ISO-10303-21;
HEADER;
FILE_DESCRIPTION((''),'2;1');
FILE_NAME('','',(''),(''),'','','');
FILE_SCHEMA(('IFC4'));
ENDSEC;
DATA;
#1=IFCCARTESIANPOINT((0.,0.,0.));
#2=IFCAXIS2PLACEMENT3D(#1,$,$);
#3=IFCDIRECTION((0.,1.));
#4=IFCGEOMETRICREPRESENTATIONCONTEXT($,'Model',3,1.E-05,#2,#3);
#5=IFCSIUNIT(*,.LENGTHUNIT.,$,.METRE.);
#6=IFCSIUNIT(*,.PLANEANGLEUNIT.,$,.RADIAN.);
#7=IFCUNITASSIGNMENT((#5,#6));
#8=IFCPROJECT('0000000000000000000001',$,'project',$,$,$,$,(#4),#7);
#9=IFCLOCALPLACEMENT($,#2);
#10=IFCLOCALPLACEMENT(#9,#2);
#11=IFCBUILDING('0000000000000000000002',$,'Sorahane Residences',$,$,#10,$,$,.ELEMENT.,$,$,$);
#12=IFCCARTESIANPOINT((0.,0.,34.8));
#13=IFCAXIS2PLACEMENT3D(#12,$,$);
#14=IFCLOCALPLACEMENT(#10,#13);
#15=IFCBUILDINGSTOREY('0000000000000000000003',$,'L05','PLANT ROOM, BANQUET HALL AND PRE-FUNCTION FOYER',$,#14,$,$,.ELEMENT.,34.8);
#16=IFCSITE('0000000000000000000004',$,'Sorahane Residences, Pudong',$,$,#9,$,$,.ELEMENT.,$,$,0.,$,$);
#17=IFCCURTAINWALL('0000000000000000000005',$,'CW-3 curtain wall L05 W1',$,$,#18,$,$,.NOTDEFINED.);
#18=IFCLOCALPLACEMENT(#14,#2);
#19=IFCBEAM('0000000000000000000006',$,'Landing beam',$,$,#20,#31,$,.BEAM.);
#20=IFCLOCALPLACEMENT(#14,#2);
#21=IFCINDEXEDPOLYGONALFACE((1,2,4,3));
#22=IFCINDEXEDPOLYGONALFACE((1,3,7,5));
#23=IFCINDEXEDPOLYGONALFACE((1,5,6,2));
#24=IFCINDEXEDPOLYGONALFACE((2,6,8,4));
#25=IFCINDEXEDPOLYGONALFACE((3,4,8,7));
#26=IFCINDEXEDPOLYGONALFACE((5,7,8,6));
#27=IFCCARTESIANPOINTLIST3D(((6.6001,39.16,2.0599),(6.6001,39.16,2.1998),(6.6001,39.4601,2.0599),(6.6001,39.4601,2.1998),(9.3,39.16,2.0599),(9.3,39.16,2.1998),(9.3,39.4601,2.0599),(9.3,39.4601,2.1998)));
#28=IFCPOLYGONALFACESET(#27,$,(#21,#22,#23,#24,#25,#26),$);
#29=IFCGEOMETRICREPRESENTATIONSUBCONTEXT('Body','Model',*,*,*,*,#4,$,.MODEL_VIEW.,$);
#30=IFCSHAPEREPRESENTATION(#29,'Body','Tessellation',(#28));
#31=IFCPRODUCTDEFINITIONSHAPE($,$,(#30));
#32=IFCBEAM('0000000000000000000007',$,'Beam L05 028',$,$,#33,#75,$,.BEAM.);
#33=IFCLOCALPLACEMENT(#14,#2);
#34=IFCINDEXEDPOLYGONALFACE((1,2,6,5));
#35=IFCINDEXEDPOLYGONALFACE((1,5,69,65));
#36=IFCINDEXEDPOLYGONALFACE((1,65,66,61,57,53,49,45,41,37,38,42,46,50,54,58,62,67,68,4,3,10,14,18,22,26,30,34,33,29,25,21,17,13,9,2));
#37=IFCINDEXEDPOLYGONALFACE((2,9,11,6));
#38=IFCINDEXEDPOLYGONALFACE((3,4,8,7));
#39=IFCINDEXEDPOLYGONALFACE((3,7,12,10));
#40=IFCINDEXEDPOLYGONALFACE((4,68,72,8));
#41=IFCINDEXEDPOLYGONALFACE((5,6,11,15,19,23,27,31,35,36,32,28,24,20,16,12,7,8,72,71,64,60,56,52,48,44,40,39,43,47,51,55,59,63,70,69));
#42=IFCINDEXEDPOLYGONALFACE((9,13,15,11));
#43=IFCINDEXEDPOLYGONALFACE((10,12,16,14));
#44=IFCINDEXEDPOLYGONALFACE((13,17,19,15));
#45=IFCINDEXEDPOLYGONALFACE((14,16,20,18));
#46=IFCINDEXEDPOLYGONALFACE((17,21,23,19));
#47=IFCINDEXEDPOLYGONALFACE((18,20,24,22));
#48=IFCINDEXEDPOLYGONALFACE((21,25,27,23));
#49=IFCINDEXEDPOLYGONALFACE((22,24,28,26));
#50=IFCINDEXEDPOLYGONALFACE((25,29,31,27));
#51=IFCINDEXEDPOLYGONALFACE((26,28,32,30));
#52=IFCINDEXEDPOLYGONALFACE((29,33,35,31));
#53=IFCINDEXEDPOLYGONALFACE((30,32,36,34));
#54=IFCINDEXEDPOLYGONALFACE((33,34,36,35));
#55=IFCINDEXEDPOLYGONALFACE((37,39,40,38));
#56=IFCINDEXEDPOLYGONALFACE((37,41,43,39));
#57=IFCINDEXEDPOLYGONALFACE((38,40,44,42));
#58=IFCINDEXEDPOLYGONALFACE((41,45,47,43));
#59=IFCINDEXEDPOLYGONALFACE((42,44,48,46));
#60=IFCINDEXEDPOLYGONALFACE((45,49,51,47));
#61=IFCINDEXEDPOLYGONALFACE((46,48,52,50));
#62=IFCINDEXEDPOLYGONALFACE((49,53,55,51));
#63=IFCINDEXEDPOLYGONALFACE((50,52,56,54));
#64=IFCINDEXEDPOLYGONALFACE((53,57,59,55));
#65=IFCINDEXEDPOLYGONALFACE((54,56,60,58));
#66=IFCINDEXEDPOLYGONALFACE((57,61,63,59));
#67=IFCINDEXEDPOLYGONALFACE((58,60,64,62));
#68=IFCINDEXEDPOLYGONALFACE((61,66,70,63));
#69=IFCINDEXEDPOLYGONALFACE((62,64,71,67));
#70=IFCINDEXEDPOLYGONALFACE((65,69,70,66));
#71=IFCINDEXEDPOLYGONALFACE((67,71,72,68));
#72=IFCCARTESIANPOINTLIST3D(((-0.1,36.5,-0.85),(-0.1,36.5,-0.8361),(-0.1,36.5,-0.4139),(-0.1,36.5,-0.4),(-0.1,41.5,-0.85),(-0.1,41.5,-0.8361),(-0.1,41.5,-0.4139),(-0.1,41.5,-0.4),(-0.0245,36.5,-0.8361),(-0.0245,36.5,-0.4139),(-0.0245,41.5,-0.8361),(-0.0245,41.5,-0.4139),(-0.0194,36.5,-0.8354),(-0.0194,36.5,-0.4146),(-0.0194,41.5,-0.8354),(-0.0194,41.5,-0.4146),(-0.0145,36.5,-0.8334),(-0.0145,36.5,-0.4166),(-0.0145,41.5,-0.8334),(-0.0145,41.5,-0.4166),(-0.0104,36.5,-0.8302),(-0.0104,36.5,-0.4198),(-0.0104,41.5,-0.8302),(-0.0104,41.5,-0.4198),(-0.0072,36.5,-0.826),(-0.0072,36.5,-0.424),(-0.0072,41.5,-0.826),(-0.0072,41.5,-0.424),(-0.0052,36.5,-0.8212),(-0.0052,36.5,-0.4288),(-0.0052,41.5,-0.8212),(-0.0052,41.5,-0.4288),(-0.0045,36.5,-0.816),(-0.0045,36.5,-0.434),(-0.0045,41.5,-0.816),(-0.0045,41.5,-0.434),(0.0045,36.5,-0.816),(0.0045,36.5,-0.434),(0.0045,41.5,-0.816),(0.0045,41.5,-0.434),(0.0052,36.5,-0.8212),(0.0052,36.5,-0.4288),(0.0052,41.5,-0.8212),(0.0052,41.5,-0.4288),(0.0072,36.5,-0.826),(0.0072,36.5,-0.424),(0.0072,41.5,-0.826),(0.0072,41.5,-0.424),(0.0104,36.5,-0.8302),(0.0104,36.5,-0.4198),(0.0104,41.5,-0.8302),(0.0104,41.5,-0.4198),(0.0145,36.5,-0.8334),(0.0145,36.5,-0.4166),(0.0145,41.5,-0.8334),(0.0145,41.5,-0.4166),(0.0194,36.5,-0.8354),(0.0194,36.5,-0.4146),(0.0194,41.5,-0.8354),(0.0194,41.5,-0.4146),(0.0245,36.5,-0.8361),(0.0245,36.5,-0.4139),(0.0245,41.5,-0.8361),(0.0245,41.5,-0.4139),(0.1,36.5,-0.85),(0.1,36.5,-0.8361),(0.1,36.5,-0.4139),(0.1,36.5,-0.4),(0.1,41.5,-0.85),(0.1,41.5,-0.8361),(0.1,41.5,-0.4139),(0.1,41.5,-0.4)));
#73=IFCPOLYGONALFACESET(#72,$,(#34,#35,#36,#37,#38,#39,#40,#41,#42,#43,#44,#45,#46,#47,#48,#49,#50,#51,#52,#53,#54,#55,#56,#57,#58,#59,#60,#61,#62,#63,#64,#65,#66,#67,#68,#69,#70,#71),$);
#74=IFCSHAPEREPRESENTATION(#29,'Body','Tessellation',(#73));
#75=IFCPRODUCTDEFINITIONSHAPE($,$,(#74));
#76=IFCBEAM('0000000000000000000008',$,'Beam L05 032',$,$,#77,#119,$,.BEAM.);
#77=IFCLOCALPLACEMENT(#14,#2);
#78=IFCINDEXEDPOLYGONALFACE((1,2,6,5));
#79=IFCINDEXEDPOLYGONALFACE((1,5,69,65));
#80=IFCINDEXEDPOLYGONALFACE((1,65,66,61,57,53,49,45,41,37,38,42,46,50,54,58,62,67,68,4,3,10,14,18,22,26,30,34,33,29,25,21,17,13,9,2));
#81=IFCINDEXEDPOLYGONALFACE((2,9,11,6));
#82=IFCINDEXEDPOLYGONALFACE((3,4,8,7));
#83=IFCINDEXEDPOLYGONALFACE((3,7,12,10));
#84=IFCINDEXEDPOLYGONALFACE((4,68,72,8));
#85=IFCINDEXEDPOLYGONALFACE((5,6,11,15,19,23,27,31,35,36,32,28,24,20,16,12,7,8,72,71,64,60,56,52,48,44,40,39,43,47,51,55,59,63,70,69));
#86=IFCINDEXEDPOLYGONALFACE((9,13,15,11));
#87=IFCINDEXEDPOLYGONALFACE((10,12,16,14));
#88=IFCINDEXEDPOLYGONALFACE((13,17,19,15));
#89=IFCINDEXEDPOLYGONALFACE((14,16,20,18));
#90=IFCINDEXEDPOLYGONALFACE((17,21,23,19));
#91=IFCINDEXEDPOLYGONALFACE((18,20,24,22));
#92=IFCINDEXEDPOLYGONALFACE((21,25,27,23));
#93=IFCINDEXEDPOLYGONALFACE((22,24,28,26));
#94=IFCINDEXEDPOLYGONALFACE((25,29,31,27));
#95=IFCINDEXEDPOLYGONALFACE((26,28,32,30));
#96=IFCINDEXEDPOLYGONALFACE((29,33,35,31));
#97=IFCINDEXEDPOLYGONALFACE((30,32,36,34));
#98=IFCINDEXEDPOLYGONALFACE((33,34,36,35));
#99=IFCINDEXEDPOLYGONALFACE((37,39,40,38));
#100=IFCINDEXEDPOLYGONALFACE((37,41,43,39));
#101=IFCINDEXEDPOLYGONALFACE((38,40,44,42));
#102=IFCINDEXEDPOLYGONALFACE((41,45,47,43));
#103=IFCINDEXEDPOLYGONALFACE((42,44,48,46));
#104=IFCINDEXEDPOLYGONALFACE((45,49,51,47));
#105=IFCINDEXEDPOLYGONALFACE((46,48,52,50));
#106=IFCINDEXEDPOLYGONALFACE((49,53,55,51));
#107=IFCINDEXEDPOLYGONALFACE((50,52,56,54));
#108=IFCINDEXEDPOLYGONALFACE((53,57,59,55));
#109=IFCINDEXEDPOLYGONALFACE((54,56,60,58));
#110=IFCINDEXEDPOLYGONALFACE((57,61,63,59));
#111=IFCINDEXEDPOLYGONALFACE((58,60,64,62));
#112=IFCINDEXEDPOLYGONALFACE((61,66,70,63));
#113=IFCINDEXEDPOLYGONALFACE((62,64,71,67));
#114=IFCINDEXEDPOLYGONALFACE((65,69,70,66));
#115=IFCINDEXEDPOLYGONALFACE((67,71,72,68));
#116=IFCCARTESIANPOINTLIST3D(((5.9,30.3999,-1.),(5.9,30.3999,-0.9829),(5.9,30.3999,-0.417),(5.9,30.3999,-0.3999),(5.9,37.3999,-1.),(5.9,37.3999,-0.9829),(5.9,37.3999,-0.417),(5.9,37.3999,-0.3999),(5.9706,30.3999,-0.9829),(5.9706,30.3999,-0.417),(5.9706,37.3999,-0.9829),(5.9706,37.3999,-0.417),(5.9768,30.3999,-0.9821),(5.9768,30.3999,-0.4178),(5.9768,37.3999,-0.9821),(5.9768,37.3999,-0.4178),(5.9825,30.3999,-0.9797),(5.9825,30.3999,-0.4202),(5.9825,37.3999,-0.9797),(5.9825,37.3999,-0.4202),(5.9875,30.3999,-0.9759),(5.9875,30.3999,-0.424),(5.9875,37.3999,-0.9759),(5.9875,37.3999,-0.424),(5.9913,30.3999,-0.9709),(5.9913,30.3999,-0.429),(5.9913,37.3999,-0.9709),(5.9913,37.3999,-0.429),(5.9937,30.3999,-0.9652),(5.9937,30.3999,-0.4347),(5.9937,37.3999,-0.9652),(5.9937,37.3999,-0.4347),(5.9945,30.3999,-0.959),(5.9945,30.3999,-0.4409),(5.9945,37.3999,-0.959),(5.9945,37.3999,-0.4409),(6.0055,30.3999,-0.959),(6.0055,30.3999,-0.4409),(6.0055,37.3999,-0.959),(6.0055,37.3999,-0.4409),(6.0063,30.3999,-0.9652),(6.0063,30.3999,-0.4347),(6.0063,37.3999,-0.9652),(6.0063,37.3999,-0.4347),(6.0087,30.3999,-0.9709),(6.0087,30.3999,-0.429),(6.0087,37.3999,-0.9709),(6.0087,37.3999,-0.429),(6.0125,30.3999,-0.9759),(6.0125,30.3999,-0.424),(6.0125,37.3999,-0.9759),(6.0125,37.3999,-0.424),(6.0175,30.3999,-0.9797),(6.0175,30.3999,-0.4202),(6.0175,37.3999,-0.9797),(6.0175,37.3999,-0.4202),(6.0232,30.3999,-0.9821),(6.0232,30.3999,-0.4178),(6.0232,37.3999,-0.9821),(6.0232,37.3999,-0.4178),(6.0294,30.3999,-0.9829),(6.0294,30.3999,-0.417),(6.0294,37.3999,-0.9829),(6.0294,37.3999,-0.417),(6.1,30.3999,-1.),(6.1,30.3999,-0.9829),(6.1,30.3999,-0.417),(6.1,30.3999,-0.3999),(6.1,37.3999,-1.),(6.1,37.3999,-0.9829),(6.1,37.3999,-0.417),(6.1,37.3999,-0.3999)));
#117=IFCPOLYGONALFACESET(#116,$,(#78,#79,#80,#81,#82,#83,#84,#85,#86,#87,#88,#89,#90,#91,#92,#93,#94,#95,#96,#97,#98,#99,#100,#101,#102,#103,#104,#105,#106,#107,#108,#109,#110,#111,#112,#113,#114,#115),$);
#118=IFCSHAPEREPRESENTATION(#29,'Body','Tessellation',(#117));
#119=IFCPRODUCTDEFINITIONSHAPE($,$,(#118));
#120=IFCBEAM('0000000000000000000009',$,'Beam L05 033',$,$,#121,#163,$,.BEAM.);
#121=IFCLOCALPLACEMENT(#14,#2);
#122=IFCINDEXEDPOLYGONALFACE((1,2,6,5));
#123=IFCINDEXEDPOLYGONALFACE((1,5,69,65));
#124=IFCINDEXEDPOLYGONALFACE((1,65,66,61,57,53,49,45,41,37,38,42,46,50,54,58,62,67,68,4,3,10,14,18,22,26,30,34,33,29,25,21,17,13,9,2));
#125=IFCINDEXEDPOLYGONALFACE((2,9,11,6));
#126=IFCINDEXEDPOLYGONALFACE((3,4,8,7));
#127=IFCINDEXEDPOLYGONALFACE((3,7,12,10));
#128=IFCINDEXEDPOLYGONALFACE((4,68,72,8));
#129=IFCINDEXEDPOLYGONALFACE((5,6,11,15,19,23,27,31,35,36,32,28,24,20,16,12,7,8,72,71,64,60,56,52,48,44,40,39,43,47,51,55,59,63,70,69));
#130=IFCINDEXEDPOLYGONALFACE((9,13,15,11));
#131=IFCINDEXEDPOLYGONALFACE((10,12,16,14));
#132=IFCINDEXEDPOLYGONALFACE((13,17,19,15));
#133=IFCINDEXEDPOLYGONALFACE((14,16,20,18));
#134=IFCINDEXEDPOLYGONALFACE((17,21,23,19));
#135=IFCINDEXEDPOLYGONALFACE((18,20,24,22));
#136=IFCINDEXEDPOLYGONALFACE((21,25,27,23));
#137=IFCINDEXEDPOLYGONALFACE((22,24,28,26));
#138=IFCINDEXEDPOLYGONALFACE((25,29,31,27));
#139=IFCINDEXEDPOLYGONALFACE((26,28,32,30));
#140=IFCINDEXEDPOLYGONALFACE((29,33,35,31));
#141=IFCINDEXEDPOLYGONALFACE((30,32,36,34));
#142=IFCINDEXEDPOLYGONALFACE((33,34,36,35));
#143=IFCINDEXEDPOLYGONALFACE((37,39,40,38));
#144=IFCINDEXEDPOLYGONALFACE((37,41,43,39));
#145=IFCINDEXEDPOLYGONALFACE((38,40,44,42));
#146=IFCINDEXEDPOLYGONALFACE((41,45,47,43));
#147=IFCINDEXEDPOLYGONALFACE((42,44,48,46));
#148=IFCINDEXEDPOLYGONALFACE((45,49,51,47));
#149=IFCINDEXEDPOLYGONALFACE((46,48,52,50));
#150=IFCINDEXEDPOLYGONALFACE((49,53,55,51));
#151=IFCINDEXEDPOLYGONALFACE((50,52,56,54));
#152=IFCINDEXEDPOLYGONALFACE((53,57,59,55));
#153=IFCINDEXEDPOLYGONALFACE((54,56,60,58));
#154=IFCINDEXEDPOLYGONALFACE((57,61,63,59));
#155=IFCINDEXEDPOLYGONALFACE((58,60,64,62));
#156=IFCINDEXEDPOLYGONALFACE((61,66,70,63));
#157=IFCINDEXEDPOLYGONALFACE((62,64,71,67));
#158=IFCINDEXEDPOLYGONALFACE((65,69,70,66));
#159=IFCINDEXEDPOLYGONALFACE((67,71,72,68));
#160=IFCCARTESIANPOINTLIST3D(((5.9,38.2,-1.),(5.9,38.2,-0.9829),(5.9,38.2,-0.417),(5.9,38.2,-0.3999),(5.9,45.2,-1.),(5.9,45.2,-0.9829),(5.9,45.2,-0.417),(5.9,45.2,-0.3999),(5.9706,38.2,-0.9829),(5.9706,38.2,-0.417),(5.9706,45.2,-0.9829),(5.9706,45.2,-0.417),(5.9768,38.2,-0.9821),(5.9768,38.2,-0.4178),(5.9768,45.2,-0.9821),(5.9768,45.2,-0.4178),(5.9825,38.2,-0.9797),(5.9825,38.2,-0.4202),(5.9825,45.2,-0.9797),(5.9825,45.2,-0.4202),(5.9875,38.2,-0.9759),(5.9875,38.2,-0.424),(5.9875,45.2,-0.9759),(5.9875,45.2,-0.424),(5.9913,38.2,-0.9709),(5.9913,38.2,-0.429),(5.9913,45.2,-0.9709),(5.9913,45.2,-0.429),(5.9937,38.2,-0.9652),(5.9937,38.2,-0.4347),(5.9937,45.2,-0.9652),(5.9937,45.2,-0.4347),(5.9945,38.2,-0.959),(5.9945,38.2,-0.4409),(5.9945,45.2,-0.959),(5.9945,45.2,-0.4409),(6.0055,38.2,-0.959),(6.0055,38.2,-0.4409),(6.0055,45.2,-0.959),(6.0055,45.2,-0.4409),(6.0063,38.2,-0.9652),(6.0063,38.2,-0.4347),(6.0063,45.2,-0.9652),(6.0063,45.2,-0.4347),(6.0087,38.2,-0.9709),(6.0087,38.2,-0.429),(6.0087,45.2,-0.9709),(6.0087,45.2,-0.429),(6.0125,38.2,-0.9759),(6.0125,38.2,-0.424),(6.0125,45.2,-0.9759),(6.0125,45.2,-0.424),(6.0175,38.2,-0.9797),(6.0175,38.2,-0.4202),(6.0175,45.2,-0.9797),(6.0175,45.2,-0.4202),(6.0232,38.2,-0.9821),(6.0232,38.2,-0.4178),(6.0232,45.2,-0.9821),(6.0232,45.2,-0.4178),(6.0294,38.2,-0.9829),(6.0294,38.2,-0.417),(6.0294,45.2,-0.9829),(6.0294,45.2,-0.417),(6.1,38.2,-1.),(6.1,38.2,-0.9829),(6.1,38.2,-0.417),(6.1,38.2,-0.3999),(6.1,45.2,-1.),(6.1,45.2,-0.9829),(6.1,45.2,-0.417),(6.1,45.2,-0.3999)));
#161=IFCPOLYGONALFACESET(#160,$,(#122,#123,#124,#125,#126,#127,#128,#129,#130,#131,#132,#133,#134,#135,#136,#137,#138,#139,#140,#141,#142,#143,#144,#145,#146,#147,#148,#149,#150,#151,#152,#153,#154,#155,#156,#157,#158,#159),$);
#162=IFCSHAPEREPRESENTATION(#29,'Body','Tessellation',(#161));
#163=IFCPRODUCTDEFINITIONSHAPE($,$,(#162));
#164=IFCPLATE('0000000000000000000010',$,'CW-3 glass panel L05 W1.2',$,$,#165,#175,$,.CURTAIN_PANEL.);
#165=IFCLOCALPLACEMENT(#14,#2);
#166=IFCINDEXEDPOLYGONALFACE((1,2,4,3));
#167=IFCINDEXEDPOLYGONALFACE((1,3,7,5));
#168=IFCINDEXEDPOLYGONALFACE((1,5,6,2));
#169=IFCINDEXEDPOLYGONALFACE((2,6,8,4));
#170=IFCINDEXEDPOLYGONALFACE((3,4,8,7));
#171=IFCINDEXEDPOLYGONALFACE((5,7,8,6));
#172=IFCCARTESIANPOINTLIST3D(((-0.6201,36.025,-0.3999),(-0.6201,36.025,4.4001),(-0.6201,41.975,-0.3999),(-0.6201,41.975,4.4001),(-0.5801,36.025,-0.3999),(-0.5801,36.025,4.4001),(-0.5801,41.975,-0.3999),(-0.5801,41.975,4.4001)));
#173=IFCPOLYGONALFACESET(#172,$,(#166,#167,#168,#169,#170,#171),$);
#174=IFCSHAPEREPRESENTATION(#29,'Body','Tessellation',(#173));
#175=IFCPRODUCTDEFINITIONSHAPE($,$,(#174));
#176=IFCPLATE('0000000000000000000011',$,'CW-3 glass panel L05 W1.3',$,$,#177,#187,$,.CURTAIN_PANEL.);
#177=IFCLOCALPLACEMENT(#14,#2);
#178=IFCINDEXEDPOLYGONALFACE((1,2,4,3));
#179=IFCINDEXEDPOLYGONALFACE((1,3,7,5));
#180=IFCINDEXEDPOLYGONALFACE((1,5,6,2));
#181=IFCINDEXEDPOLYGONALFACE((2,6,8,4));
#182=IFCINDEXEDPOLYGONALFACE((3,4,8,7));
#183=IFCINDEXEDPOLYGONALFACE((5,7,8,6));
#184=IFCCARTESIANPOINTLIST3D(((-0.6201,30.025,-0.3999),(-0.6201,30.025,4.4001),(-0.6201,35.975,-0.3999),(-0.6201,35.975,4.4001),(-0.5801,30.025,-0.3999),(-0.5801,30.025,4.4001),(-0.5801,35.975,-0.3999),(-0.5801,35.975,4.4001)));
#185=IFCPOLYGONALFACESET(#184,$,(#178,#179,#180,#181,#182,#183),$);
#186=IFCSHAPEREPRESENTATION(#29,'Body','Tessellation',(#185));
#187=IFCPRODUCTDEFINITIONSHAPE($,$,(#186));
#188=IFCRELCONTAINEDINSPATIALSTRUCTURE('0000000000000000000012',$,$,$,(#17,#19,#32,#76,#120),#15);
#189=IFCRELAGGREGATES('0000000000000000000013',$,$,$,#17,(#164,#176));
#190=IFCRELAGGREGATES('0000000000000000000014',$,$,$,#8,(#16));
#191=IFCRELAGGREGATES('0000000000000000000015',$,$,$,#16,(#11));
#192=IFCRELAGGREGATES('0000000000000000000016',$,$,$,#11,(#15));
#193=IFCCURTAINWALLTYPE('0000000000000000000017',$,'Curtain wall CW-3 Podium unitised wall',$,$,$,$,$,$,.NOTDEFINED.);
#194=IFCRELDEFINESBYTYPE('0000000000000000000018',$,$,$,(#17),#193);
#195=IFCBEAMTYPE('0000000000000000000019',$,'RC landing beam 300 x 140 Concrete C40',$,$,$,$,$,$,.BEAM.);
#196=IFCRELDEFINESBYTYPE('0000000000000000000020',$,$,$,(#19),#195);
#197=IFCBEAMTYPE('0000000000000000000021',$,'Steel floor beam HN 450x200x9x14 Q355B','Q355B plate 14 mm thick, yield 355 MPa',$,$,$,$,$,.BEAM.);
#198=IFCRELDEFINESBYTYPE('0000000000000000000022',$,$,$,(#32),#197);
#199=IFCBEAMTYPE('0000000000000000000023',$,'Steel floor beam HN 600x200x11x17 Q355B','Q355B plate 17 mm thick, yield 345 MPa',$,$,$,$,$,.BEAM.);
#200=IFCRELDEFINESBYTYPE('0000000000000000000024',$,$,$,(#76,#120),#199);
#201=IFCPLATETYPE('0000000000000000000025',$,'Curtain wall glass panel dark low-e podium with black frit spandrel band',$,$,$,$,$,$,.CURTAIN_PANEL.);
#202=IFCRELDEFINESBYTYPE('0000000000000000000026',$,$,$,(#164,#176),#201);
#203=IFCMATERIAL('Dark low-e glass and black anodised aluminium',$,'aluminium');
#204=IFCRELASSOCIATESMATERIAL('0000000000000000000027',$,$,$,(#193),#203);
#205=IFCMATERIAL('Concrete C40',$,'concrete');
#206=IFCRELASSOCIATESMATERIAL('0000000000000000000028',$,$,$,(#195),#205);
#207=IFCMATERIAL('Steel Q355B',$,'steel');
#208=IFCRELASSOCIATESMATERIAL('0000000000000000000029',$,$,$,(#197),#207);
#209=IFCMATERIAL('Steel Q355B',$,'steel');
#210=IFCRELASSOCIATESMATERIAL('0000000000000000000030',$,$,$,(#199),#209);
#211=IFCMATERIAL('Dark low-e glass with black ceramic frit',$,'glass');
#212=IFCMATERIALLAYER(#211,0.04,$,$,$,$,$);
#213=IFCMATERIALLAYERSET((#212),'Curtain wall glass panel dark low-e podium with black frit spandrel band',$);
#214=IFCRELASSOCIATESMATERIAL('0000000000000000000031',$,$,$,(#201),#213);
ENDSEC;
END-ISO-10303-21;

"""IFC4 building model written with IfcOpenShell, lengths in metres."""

from ifc_helpers import new_model, si_unit, direction, frame, origin, origin_2d, place, context, subcontext, project, spatial, rectangle, i_section, extrude, material, layer, layer_set, material_profile, profile_set, type_object, element, aggregate, save


model = new_model("IFC4")

# Units and contexts
model_context = context("Model", 3, precision=1e-05, world=origin(), true_north=direction((0.0, 1.0)))
body_context = subcontext(model_context, "Body", "Model", "MODEL_VIEW")
ifc_project = project(units=[si_unit("LENGTHUNIT", "METRE"), si_unit("PLANEANGLEUNIT", "RADIAN")], contexts=[model_context])

# Site, building, storey
site_placement = place(None, origin())
site = spatial("IfcSite", under=ifc_project, at=site_placement, Name="Sorahane Residences, Pudong", CompositionType="ELEMENT", RefElevation=0.0)
building_placement = place(site_placement, origin())
building = spatial("IfcBuilding", under=site, at=building_placement, Name="Sorahane Residences", CompositionType="ELEMENT")
storey_placement = place(building_placement, frame((0.0, 0.0, 34.8)))
storey = spatial("IfcBuildingStorey", under=building, at=storey_placement, Name="L05", Description="PLANT ROOM, BANQUET HALL AND PRE-FUNCTION FOYER", CompositionType="ELEMENT", Elevation=34.8)

# Curtain wall
ifc_material_1 = material(Name="Dark low-e glass and black anodised aluminium", Category="aluminium")
curtain_wall_type = type_object("IfcCurtainWallType", Name="Curtain wall CW-3 Podium unitised wall", PredefinedType="NOTDEFINED", material=ifc_material_1)
curtain_wall_placement = place(storey_placement, origin())
curtain_wall = element("IfcCurtainWall", 1, at=curtain_wall_placement, inside=storey, type_object=curtain_wall_type, Name="CW-3 curtain wall L05 W1", PredefinedType="NOTDEFINED")

# Beams
ifc_material_2 = material(Name="Concrete C40", Category="concrete")
ifc_material_profile_1 = material_profile(ifc_material_2, rectangle(XDim=0.3, YDim=0.1399, at=origin_2d()), Name="300x140")
ifc_profile_set_1 = profile_set([ifc_material_profile_1], Name="Concrete C40")
beam_type_1 = type_object("IfcBeamType", Name="RC landing beam 300 x 140 Concrete C40", PredefinedType="BEAM", material=ifc_profile_set_1)
for number, where, z_axis, x_axis, name in (
    (2, (6.6001, 39.3101, 2.1299), (1.0, 0.0, 0.0), (0.0, 1.0, 0.0), "Landing beam"),
):
    element("IfcBeam", number, at=place(storey_placement, frame(where, z_axis=z_axis, x_axis=x_axis)), inside=storey, type_object=beam_type_1, Name=name, PredefinedType="BEAM", context=body_context, shape_type="SweptSolid", body=[
        extrude(rectangle(XDim=0.3, YDim=0.1399, at=origin_2d()), origin(), (0.0, 0.0, 1.0), 2.7),
    ])
ifc_material_3 = material(Name="Steel Q355B", Category="steel")
ifc_material_profile_2 = material_profile(ifc_material_3, i_section(OverallWidth=0.2, OverallDepth=0.45, WebThickness=0.009, FlangeThickness=0.0139, FilletRadius=0.02, at=origin_2d()), Name="HN 450x200x9x14")
ifc_profile_set_2 = profile_set([ifc_material_profile_2], Name="Steel Q355B")
beam_type_2 = type_object("IfcBeamType", Name="Steel floor beam HN 450x200x9x14 Q355B", Description="Q355B plate 14 mm thick, yield 355 MPa", PredefinedType="BEAM", material=ifc_profile_set_2)
beam_placement = place(storey_placement, frame((0.0, 36.5, -0.625), z_axis=(0.0, 1.0, 0.0), x_axis=(-1.0, 0.0, 0.0)))
element("IfcBeam", 3, at=beam_placement, inside=storey, type_object=beam_type_2, Name="Beam L05 028", PredefinedType="BEAM", context=body_context, shape_type="SweptSolid", body=[
    extrude(i_section(OverallWidth=0.2, OverallDepth=0.45, WebThickness=0.009, FlangeThickness=0.0139, FilletRadius=0.02, at=origin_2d()), origin(), (0.0, 0.0, 1.0), 5.0),
])
ifc_material_4 = material(Name="Steel Q355B", Category="steel")
ifc_material_profile_3 = material_profile(ifc_material_4, i_section(OverallWidth=0.2, OverallDepth=0.6001, WebThickness=0.011, FlangeThickness=0.0171, FilletRadius=0.0239, at=origin_2d()), Name="HN 600x200x11x17")
ifc_profile_set_3 = profile_set([ifc_material_profile_3], Name="Steel Q355B")
beam_type_3 = type_object("IfcBeamType", Name="Steel floor beam HN 600x200x11x17 Q355B", Description="Q355B plate 17 mm thick, yield 345 MPa", PredefinedType="BEAM", material=ifc_profile_set_3)
for number, where, z_axis, x_axis, name in (
    (4, (6.0, 30.3999, -0.7), (0.0, 1.0, 0.0), (-1.0, 0.0, 0.0), "Beam L05 032"),
    (5, (6.0, 38.2, -0.7), (0.0, 1.0, 0.0), (-1.0, 0.0, 0.0), "Beam L05 033"),
):
    element("IfcBeam", number, at=place(storey_placement, frame(where, z_axis=z_axis, x_axis=x_axis)), inside=storey, type_object=beam_type_3, Name=name, PredefinedType="BEAM", context=body_context, shape_type="SweptSolid", body=[
        extrude(i_section(OverallWidth=0.2, OverallDepth=0.6001, WebThickness=0.011, FlangeThickness=0.0171, FilletRadius=0.0239, at=origin_2d()), origin(), (0.0, 0.0, 1.0), 7.0),
    ])

# Plates
ifc_material_5 = material(Name="Dark low-e glass with black ceramic frit", Category="glass")
ifc_layer_1 = layer(ifc_material_5, 0.04)
ifc_layer_set_1 = layer_set([ifc_layer_1], Name="Curtain wall glass panel dark low-e podium with black frit spandrel band")
plate_type = type_object("IfcPlateType", Name="Curtain wall glass panel dark low-e podium with black frit spandrel band", PredefinedType="CURTAIN_PANEL", material=ifc_layer_set_1)
plate_1_placement = place(storey_placement, frame((-0.6001, 39.0, -0.3999), z_axis=(0.0, 0.0, 1.0), x_axis=(0.0, -1.0, 0.0)))
plate_1 = element("IfcPlate", 6, at=plate_1_placement, type_object=plate_type, Name="CW-3 glass panel L05 W1.2", PredefinedType="CURTAIN_PANEL", context=body_context, shape_type="SweptSolid", body=[
    extrude(rectangle(XDim=5.95, YDim=0.04, at=origin_2d()), origin(), (0.0, 0.0, 1.0), 4.8),
])
plate_2_placement = place(storey_placement, frame((-0.6001, 33.0, -0.3999), z_axis=(0.0, 0.0, 1.0), x_axis=(0.0, -1.0, 0.0)))
plate_2 = element("IfcPlate", 7, at=plate_2_placement, type_object=plate_type, Name="CW-3 glass panel L05 W1.3", PredefinedType="CURTAIN_PANEL", context=body_context, shape_type="SweptSolid", body=[
    extrude(rectangle(XDim=5.95, YDim=0.04, at=origin_2d()), origin(), (0.0, 0.0, 1.0), 4.8),
])
aggregate(curtain_wall, [plate_1, plate_2])

save(model, "model.ifc")
